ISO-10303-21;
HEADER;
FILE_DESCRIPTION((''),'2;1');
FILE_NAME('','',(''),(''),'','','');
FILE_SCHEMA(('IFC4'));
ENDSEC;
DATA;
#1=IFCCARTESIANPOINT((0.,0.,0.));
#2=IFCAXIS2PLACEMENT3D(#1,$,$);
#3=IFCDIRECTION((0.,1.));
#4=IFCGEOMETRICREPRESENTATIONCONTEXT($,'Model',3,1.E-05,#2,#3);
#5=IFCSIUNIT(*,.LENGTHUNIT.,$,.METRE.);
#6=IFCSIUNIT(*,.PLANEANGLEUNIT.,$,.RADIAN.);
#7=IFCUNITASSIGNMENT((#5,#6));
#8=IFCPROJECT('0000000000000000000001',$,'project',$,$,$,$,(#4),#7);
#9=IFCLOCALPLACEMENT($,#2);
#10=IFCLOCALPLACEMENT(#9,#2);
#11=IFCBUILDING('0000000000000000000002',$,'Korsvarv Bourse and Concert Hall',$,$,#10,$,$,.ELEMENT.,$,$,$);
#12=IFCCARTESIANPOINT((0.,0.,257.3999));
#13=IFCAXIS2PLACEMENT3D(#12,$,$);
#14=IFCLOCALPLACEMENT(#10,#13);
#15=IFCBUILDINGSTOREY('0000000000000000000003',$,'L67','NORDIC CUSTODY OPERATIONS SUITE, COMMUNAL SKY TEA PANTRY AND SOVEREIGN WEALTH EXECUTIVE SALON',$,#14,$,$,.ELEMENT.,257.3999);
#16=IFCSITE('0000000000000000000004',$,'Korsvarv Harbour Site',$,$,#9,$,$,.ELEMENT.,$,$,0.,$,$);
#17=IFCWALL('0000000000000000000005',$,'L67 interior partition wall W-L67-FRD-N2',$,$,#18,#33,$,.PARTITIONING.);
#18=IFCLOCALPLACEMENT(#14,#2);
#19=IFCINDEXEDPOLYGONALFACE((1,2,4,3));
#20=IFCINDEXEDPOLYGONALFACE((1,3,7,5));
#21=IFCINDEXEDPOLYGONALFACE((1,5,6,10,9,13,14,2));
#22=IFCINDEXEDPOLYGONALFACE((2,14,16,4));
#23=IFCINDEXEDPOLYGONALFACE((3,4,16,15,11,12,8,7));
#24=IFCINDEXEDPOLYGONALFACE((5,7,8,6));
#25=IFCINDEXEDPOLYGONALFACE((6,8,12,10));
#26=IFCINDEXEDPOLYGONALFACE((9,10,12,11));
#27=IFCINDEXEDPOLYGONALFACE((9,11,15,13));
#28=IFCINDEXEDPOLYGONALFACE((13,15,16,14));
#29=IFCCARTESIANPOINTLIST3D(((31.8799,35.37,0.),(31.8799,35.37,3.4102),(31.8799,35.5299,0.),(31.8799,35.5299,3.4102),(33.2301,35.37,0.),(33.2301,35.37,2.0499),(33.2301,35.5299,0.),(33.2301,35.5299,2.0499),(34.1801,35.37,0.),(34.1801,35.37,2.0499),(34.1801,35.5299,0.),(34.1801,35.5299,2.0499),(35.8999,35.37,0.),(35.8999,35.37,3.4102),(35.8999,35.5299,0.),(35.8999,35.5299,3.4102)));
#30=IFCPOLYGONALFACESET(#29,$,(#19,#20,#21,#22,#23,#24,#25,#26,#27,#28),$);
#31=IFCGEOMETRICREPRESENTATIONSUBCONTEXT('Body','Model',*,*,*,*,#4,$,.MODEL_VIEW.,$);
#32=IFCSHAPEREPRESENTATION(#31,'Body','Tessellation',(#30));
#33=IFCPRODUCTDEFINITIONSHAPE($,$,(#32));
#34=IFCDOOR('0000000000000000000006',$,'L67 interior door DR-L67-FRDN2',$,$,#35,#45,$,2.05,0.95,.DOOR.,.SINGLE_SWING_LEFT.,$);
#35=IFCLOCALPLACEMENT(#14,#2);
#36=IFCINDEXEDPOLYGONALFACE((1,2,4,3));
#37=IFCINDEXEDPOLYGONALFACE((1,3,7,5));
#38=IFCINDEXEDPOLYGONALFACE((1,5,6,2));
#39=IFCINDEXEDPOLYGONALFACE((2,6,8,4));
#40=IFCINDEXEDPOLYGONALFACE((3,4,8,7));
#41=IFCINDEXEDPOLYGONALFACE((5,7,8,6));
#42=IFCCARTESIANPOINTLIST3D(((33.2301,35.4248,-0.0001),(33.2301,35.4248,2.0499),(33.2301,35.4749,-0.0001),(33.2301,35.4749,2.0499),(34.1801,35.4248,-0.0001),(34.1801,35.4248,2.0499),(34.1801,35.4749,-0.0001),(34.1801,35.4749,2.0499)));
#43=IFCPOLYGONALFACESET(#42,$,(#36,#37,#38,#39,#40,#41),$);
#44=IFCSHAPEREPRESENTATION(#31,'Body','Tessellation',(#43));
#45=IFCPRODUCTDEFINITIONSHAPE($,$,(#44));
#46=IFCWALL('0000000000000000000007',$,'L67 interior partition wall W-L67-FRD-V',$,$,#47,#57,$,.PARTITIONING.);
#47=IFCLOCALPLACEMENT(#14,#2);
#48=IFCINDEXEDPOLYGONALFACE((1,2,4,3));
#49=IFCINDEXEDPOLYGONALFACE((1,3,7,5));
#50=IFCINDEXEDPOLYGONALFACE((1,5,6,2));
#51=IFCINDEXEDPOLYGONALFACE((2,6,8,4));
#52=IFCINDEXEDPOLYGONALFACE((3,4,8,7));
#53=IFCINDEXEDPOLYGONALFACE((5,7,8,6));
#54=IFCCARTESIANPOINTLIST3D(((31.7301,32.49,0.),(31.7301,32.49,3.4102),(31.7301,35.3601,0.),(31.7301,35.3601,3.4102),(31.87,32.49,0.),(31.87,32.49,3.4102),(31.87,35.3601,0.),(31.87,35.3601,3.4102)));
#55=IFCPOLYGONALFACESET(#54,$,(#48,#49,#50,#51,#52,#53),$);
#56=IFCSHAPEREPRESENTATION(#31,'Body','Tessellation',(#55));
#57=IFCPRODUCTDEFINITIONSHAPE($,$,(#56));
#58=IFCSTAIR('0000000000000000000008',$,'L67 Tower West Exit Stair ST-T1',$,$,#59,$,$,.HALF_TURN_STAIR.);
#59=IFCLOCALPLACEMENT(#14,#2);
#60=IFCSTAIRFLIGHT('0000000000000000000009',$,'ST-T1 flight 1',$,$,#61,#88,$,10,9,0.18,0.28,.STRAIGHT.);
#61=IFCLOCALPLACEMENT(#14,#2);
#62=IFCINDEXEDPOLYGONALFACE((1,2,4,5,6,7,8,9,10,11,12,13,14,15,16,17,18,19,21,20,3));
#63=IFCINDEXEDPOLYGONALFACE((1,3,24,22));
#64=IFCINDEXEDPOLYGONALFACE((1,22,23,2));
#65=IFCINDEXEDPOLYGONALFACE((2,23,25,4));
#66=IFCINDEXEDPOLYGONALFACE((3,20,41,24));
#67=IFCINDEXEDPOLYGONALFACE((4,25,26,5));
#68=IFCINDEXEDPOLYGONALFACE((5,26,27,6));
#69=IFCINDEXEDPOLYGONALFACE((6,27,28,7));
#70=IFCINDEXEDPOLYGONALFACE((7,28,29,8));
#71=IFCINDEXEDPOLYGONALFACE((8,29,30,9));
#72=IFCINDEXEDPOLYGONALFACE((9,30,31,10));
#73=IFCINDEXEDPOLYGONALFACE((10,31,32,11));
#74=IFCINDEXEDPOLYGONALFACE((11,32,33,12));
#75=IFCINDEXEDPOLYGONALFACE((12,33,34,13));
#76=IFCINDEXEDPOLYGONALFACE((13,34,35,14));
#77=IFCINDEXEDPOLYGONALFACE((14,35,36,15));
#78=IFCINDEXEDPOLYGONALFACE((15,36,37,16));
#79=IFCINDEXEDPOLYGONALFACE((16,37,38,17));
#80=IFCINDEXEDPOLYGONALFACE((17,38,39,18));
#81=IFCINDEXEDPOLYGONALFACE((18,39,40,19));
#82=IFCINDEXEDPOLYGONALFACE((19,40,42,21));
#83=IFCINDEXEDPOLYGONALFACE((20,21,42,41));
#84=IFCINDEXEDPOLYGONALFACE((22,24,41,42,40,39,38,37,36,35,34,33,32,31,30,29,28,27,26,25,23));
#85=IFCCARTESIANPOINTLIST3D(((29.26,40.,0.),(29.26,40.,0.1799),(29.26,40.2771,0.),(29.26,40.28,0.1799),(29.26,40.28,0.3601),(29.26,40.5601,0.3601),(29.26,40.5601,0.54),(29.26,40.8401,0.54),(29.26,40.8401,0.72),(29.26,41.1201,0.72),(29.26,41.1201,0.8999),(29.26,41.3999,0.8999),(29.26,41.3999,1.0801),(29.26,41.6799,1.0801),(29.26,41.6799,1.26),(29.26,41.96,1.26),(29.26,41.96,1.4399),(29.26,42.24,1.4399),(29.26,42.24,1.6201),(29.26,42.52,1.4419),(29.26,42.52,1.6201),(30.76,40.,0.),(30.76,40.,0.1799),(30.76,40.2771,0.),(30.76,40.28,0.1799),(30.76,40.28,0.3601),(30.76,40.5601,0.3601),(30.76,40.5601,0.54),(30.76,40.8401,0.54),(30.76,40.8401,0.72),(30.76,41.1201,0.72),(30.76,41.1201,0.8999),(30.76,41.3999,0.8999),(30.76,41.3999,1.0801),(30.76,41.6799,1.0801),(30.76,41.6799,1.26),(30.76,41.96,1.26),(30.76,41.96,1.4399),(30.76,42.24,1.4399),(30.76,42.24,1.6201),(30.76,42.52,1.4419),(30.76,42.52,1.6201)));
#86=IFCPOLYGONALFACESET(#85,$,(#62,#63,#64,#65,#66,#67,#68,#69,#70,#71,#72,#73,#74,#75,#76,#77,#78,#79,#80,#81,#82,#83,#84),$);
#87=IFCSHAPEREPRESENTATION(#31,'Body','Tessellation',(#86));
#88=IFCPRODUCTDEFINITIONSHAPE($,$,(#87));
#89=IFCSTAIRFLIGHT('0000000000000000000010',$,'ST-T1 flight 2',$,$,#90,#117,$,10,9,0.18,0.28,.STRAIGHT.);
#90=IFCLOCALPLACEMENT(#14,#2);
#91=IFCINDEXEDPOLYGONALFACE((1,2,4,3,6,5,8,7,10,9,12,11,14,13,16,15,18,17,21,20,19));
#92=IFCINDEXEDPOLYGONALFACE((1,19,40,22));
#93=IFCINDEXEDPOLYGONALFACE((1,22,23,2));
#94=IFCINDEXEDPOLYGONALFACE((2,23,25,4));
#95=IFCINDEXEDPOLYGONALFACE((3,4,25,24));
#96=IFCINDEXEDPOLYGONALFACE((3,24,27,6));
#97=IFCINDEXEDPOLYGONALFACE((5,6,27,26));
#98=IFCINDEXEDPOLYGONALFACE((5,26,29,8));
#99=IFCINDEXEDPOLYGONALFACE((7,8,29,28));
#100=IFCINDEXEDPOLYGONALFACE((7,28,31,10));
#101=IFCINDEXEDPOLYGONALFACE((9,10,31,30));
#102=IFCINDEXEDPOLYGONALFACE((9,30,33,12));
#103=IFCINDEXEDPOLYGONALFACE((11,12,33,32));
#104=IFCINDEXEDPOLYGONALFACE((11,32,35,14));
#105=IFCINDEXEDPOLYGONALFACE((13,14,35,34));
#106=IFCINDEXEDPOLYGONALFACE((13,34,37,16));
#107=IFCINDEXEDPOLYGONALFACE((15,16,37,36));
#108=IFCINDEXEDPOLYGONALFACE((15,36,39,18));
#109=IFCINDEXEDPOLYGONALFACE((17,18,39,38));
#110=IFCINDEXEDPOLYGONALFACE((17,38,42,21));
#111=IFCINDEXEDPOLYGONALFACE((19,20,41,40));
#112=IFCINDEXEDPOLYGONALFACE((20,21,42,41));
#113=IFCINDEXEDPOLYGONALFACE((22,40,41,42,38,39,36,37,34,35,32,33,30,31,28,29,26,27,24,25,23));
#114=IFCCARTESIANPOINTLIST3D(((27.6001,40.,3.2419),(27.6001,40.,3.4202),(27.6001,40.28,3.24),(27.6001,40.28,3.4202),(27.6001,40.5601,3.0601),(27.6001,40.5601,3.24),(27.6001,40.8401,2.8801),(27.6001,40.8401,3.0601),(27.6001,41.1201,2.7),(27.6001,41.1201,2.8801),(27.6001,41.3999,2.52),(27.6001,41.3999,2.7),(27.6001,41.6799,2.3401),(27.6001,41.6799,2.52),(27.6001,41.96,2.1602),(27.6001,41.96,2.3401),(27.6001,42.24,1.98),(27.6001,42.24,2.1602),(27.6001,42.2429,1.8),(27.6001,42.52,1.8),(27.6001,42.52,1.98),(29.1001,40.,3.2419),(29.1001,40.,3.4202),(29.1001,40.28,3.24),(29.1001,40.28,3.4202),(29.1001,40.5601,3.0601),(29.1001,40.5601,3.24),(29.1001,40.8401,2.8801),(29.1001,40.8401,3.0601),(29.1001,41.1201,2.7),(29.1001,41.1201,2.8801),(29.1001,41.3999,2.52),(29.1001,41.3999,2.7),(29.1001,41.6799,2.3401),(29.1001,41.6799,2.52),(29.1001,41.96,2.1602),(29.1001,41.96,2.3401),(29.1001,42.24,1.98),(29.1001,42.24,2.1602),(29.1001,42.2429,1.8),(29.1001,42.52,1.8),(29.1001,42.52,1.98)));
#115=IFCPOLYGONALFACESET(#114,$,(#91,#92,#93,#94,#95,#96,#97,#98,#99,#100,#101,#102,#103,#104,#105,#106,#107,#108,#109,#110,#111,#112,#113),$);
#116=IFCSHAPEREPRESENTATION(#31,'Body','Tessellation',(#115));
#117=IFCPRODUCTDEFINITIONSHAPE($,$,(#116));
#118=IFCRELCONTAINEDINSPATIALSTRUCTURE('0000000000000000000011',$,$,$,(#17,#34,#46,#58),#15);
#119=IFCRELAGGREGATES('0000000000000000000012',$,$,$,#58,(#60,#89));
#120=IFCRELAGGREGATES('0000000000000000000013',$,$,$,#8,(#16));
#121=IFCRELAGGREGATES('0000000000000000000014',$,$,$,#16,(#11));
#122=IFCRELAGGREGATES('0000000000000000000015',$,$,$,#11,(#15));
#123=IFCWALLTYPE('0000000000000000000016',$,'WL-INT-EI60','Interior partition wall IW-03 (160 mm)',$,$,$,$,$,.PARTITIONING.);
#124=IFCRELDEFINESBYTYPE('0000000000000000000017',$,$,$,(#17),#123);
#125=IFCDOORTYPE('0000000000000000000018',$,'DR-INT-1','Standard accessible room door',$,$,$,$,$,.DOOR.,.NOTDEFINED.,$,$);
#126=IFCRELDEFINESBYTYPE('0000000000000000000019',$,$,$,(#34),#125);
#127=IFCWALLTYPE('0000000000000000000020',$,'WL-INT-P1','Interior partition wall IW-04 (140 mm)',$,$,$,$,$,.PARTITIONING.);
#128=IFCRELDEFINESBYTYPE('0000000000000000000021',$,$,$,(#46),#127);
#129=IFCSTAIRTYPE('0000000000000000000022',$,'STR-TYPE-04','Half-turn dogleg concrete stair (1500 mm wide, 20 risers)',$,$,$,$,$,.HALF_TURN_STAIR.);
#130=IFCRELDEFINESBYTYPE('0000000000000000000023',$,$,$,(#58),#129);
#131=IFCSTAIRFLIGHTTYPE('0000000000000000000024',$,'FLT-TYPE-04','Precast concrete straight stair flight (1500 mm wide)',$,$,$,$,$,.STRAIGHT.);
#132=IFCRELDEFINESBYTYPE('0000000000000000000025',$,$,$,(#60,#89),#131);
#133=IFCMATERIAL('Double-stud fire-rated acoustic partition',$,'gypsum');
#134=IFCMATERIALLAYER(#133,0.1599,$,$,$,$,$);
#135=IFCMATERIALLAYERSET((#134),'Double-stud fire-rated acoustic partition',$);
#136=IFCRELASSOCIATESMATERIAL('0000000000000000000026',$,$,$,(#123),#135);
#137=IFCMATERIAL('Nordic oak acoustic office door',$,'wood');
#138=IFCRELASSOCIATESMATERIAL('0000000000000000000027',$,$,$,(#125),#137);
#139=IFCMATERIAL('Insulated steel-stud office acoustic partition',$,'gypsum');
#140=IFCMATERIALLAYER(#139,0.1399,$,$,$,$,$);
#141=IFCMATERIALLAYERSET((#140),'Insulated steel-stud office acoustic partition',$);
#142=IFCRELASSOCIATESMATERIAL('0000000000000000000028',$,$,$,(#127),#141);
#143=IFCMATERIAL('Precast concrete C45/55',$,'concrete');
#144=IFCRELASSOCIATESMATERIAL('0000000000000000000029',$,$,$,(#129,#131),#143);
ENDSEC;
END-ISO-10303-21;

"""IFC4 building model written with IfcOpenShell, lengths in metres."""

from ifc_helpers import new_model, si_unit, direction, frame, frame_2d, origin, place, context, subcontext, project, spatial, polyline, rectangle, outline, extrude, material, layer, layer_set, type_object, element, fill, aggregate, save


model = new_model("IFC4")

# Units and contexts
model_context = context("Model", 3, precision=1e-05, world=origin(), true_north=direction((0.0, 1.0)))
body_context = subcontext(model_context, "Body", "Model", "MODEL_VIEW")
ifc_project = project(units=[si_unit("LENGTHUNIT", "METRE"), si_unit("PLANEANGLEUNIT", "RADIAN")], contexts=[model_context])

# Site, building, storey
site_placement = place(None, origin())
site = spatial("IfcSite", under=ifc_project, at=site_placement, Name="Korsvarv Harbour Site", CompositionType="ELEMENT", RefElevation=0.0)
building_placement = place(site_placement, origin())
building = spatial("IfcBuilding", under=site, at=building_placement, Name="Korsvarv Bourse and Concert Hall", CompositionType="ELEMENT")
storey_placement = place(building_placement, frame((0.0, 0.0, 257.3999)))
storey = spatial("IfcBuildingStorey", under=building, at=storey_placement, Name="L67", Description="NORDIC CUSTODY OPERATIONS SUITE, COMMUNAL SKY TEA PANTRY AND SOVEREIGN WEALTH EXECUTIVE SALON", CompositionType="ELEMENT", Elevation=257.3999)

# Shared definitions
ifc_material_1 = material(Name="Double-stud fire-rated acoustic partition", Category="gypsum")
ifc_layer_1 = layer(ifc_material_1, 0.1599)
ifc_layer_set_1 = layer_set([ifc_layer_1], Name="Double-stud fire-rated acoustic partition")
wall_type_1 = type_object("IfcWallType", Name="WL-INT-EI60", Description="Interior partition wall IW-03 (160 mm)", PredefinedType="PARTITIONING", material=ifc_layer_set_1)

# Wall, opening, door
wall_1_placement = place(storey_placement, frame((31.8799, 35.45, 0.0), z_axis=(0.0, 0.0, 1.0), x_axis=(1.0, 0.0, 0.0)))
wall_1 = element("IfcWall", 1, at=wall_1_placement, inside=storey, type_object=wall_type_1, Name="L67 interior partition wall W-L67-FRD-N2", PredefinedType="PARTITIONING", context=body_context, shape_type="SweptSolid", body=[
    extrude(rectangle(XDim=4.02, YDim=0.1599, at=frame_2d((2.01, 0.0))), origin(), (0.0, 0.0, 1.0), 3.4102),
])
opening_1_placement = place(wall_1_placement, frame((1.3501, 0.0, 0.0)))
opening_1 = element("IfcOpeningElement", 2, at=opening_1_placement, cuts=wall_1, PredefinedType="OPENING", context=body_context, shape_type="SweptSolid", body=[
    extrude(rectangle(XDim=0.95, YDim=2.05, at=frame_2d((0.4751, 1.0249))), frame((0.0, 0.0898, 0.0), z_axis=(0.0, -1.0, 0.0), x_axis=(1.0, 0.0, 0.0)), (0.0, 0.0, 1.0), 0.1799),
])
ifc_material_2 = material(Name="Nordic oak acoustic office door", Category="wood")
door_type_1 = type_object("IfcDoorType", Name="DR-INT-1", Description="Standard accessible room door", OperationType="NOTDEFINED", PredefinedType="DOOR", material=ifc_material_2)
door_1_placement = place(opening_1_placement, origin())
door_1 = element("IfcDoor", 3, at=door_1_placement, inside=storey, type_object=door_type_1, Name="L67 interior door DR-L67-FRDN2", OperationType="SINGLE_SWING_LEFT", OverallHeight=2.05, OverallWidth=0.95, PredefinedType="DOOR", context=body_context, shape_type="SweptSolid", body=[
    extrude(rectangle(XDim=0.95, YDim=2.05, at=frame_2d((0.4751, 1.0249))), frame((0.0, 0.0249, 0.0), z_axis=(0.0, -1.0, 0.0), x_axis=(1.0, 0.0, 0.0)), (0.0, 0.0, 1.0), 0.05),
])
fill(opening_1, door_1)

# Wall
ifc_material_3 = material(Name="Insulated steel-stud office acoustic partition", Category="gypsum")
ifc_layer_2 = layer(ifc_material_3, 0.1399)
ifc_layer_set_2 = layer_set([ifc_layer_2], Name="Insulated steel-stud office acoustic partition")
wall_type_2 = type_object("IfcWallType", Name="WL-INT-P1", Description="Interior partition wall IW-04 (140 mm)", PredefinedType="PARTITIONING", material=ifc_layer_set_2)
wall_2_placement = place(storey_placement, frame((31.8, 32.49, 0.0), z_axis=(0.0, 0.0, 1.0), x_axis=(0.0, 1.0, 0.0)))
element("IfcWall", 4, at=wall_2_placement, inside=storey, type_object=wall_type_2, Name="L67 interior partition wall W-L67-FRD-V", PredefinedType="PARTITIONING", context=body_context, shape_type="SweptSolid", body=[
    extrude(rectangle(XDim=2.8701, YDim=0.1399, at=frame_2d((1.4351, 0.0))), origin(), (0.0, 0.0, 1.0), 3.4102),
])

# Stair, stair flights
ifc_material_4 = material(Name="Precast concrete C45/55", Category="concrete")
stair_type = type_object("IfcStairType", Name="STR-TYPE-04", Description="Half-turn dogleg concrete stair (1500 mm wide, 20 risers)", PredefinedType="HALF_TURN_STAIR", material=ifc_material_4)
stair_placement = place(storey_placement, origin())
stair = element("IfcStair", 5, at=stair_placement, inside=storey, type_object=stair_type, Name="L67 Tower West Exit Stair ST-T1", PredefinedType="HALF_TURN_STAIR")
stair_flight_type = type_object("IfcStairFlightType", Name="FLT-TYPE-04", Description="Precast concrete straight stair flight (1500 mm wide)", PredefinedType="STRAIGHT", material=ifc_material_4)
stair_flight_1_placement = place(storey_placement, frame((30.01, 40.0, 0.0), z_axis=(0.0, 0.0, 1.0), x_axis=(0.0, 1.0, 0.0)))
stair_flight_1 = element("IfcStairFlight", 6, at=stair_flight_1_placement, type_object=stair_flight_type, Name="ST-T1 flight 1", NumberOfRisers=10, NumberOfTreads=9, PredefinedType="STRAIGHT", RiserHeight=0.18, TreadLength=0.28, context=body_context, shape_type="SweptSolid", body=[
    extrude(outline(polyline([(0.0, 0.0), (0.0, 0.1799), (0.28, 0.1799), (0.28, 0.3601), (0.5601, 0.3601), (0.5601, 0.54), (0.8401, 0.54), (0.8401, 0.72), (1.1201, 0.72), (1.1201, 0.8999), (1.3999, 0.8999), (1.3999, 1.0801), (1.6799, 1.0801), (1.6799, 1.26), (1.96, 1.26), (1.96, 1.4399), (2.24, 1.4399), (2.24, 1.6201), (2.52, 1.6201), (2.52, 1.8), (2.52, 1.4419), (0.2771, 0.0), (0.0, 0.0)])), frame((0.0, 0.75, 0.0), z_axis=(0.0, -1.0, 0.0), x_axis=(1.0, 0.0, 0.0)), (0.0, 0.0, 1.0), 1.5),
])
stair_flight_2_placement = place(storey_placement, frame((28.3501, 42.52, 1.8), z_axis=(0.0, 0.0, 1.0), x_axis=(0.0, -1.0, 0.0)))
stair_flight_2 = element("IfcStairFlight", 7, at=stair_flight_2_placement, type_object=stair_flight_type, Name="ST-T1 flight 2", NumberOfRisers=10, NumberOfTreads=9, PredefinedType="STRAIGHT", RiserHeight=0.18, TreadLength=0.28, context=body_context, shape_type="SweptSolid", body=[
    extrude(outline(polyline([(0.0, 0.0), (0.0, 0.1799), (0.28, 0.1799), (0.28, 0.3601), (0.5601, 0.3601), (0.5601, 0.54), (0.8401, 0.54), (0.8401, 0.72), (1.1201, 0.72), (1.1201, 0.8999), (1.3999, 0.8999), (1.3999, 1.0801), (1.6799, 1.0801), (1.6799, 1.26), (1.96, 1.26), (1.96, 1.4399), (2.24, 1.4399), (2.24, 1.6201), (2.52, 1.6201), (2.52, 1.8), (2.52, 1.4419), (0.2771, 0.0), (0.0, 0.0)])), frame((0.0, 0.75, 0.0), z_axis=(0.0, -1.0, 0.0), x_axis=(1.0, 0.0, 0.0)), (0.0, 0.0, 1.0), 1.5),
])
aggregate(stair, [stair_flight_1, stair_flight_2])

save(model, "model.ifc")
